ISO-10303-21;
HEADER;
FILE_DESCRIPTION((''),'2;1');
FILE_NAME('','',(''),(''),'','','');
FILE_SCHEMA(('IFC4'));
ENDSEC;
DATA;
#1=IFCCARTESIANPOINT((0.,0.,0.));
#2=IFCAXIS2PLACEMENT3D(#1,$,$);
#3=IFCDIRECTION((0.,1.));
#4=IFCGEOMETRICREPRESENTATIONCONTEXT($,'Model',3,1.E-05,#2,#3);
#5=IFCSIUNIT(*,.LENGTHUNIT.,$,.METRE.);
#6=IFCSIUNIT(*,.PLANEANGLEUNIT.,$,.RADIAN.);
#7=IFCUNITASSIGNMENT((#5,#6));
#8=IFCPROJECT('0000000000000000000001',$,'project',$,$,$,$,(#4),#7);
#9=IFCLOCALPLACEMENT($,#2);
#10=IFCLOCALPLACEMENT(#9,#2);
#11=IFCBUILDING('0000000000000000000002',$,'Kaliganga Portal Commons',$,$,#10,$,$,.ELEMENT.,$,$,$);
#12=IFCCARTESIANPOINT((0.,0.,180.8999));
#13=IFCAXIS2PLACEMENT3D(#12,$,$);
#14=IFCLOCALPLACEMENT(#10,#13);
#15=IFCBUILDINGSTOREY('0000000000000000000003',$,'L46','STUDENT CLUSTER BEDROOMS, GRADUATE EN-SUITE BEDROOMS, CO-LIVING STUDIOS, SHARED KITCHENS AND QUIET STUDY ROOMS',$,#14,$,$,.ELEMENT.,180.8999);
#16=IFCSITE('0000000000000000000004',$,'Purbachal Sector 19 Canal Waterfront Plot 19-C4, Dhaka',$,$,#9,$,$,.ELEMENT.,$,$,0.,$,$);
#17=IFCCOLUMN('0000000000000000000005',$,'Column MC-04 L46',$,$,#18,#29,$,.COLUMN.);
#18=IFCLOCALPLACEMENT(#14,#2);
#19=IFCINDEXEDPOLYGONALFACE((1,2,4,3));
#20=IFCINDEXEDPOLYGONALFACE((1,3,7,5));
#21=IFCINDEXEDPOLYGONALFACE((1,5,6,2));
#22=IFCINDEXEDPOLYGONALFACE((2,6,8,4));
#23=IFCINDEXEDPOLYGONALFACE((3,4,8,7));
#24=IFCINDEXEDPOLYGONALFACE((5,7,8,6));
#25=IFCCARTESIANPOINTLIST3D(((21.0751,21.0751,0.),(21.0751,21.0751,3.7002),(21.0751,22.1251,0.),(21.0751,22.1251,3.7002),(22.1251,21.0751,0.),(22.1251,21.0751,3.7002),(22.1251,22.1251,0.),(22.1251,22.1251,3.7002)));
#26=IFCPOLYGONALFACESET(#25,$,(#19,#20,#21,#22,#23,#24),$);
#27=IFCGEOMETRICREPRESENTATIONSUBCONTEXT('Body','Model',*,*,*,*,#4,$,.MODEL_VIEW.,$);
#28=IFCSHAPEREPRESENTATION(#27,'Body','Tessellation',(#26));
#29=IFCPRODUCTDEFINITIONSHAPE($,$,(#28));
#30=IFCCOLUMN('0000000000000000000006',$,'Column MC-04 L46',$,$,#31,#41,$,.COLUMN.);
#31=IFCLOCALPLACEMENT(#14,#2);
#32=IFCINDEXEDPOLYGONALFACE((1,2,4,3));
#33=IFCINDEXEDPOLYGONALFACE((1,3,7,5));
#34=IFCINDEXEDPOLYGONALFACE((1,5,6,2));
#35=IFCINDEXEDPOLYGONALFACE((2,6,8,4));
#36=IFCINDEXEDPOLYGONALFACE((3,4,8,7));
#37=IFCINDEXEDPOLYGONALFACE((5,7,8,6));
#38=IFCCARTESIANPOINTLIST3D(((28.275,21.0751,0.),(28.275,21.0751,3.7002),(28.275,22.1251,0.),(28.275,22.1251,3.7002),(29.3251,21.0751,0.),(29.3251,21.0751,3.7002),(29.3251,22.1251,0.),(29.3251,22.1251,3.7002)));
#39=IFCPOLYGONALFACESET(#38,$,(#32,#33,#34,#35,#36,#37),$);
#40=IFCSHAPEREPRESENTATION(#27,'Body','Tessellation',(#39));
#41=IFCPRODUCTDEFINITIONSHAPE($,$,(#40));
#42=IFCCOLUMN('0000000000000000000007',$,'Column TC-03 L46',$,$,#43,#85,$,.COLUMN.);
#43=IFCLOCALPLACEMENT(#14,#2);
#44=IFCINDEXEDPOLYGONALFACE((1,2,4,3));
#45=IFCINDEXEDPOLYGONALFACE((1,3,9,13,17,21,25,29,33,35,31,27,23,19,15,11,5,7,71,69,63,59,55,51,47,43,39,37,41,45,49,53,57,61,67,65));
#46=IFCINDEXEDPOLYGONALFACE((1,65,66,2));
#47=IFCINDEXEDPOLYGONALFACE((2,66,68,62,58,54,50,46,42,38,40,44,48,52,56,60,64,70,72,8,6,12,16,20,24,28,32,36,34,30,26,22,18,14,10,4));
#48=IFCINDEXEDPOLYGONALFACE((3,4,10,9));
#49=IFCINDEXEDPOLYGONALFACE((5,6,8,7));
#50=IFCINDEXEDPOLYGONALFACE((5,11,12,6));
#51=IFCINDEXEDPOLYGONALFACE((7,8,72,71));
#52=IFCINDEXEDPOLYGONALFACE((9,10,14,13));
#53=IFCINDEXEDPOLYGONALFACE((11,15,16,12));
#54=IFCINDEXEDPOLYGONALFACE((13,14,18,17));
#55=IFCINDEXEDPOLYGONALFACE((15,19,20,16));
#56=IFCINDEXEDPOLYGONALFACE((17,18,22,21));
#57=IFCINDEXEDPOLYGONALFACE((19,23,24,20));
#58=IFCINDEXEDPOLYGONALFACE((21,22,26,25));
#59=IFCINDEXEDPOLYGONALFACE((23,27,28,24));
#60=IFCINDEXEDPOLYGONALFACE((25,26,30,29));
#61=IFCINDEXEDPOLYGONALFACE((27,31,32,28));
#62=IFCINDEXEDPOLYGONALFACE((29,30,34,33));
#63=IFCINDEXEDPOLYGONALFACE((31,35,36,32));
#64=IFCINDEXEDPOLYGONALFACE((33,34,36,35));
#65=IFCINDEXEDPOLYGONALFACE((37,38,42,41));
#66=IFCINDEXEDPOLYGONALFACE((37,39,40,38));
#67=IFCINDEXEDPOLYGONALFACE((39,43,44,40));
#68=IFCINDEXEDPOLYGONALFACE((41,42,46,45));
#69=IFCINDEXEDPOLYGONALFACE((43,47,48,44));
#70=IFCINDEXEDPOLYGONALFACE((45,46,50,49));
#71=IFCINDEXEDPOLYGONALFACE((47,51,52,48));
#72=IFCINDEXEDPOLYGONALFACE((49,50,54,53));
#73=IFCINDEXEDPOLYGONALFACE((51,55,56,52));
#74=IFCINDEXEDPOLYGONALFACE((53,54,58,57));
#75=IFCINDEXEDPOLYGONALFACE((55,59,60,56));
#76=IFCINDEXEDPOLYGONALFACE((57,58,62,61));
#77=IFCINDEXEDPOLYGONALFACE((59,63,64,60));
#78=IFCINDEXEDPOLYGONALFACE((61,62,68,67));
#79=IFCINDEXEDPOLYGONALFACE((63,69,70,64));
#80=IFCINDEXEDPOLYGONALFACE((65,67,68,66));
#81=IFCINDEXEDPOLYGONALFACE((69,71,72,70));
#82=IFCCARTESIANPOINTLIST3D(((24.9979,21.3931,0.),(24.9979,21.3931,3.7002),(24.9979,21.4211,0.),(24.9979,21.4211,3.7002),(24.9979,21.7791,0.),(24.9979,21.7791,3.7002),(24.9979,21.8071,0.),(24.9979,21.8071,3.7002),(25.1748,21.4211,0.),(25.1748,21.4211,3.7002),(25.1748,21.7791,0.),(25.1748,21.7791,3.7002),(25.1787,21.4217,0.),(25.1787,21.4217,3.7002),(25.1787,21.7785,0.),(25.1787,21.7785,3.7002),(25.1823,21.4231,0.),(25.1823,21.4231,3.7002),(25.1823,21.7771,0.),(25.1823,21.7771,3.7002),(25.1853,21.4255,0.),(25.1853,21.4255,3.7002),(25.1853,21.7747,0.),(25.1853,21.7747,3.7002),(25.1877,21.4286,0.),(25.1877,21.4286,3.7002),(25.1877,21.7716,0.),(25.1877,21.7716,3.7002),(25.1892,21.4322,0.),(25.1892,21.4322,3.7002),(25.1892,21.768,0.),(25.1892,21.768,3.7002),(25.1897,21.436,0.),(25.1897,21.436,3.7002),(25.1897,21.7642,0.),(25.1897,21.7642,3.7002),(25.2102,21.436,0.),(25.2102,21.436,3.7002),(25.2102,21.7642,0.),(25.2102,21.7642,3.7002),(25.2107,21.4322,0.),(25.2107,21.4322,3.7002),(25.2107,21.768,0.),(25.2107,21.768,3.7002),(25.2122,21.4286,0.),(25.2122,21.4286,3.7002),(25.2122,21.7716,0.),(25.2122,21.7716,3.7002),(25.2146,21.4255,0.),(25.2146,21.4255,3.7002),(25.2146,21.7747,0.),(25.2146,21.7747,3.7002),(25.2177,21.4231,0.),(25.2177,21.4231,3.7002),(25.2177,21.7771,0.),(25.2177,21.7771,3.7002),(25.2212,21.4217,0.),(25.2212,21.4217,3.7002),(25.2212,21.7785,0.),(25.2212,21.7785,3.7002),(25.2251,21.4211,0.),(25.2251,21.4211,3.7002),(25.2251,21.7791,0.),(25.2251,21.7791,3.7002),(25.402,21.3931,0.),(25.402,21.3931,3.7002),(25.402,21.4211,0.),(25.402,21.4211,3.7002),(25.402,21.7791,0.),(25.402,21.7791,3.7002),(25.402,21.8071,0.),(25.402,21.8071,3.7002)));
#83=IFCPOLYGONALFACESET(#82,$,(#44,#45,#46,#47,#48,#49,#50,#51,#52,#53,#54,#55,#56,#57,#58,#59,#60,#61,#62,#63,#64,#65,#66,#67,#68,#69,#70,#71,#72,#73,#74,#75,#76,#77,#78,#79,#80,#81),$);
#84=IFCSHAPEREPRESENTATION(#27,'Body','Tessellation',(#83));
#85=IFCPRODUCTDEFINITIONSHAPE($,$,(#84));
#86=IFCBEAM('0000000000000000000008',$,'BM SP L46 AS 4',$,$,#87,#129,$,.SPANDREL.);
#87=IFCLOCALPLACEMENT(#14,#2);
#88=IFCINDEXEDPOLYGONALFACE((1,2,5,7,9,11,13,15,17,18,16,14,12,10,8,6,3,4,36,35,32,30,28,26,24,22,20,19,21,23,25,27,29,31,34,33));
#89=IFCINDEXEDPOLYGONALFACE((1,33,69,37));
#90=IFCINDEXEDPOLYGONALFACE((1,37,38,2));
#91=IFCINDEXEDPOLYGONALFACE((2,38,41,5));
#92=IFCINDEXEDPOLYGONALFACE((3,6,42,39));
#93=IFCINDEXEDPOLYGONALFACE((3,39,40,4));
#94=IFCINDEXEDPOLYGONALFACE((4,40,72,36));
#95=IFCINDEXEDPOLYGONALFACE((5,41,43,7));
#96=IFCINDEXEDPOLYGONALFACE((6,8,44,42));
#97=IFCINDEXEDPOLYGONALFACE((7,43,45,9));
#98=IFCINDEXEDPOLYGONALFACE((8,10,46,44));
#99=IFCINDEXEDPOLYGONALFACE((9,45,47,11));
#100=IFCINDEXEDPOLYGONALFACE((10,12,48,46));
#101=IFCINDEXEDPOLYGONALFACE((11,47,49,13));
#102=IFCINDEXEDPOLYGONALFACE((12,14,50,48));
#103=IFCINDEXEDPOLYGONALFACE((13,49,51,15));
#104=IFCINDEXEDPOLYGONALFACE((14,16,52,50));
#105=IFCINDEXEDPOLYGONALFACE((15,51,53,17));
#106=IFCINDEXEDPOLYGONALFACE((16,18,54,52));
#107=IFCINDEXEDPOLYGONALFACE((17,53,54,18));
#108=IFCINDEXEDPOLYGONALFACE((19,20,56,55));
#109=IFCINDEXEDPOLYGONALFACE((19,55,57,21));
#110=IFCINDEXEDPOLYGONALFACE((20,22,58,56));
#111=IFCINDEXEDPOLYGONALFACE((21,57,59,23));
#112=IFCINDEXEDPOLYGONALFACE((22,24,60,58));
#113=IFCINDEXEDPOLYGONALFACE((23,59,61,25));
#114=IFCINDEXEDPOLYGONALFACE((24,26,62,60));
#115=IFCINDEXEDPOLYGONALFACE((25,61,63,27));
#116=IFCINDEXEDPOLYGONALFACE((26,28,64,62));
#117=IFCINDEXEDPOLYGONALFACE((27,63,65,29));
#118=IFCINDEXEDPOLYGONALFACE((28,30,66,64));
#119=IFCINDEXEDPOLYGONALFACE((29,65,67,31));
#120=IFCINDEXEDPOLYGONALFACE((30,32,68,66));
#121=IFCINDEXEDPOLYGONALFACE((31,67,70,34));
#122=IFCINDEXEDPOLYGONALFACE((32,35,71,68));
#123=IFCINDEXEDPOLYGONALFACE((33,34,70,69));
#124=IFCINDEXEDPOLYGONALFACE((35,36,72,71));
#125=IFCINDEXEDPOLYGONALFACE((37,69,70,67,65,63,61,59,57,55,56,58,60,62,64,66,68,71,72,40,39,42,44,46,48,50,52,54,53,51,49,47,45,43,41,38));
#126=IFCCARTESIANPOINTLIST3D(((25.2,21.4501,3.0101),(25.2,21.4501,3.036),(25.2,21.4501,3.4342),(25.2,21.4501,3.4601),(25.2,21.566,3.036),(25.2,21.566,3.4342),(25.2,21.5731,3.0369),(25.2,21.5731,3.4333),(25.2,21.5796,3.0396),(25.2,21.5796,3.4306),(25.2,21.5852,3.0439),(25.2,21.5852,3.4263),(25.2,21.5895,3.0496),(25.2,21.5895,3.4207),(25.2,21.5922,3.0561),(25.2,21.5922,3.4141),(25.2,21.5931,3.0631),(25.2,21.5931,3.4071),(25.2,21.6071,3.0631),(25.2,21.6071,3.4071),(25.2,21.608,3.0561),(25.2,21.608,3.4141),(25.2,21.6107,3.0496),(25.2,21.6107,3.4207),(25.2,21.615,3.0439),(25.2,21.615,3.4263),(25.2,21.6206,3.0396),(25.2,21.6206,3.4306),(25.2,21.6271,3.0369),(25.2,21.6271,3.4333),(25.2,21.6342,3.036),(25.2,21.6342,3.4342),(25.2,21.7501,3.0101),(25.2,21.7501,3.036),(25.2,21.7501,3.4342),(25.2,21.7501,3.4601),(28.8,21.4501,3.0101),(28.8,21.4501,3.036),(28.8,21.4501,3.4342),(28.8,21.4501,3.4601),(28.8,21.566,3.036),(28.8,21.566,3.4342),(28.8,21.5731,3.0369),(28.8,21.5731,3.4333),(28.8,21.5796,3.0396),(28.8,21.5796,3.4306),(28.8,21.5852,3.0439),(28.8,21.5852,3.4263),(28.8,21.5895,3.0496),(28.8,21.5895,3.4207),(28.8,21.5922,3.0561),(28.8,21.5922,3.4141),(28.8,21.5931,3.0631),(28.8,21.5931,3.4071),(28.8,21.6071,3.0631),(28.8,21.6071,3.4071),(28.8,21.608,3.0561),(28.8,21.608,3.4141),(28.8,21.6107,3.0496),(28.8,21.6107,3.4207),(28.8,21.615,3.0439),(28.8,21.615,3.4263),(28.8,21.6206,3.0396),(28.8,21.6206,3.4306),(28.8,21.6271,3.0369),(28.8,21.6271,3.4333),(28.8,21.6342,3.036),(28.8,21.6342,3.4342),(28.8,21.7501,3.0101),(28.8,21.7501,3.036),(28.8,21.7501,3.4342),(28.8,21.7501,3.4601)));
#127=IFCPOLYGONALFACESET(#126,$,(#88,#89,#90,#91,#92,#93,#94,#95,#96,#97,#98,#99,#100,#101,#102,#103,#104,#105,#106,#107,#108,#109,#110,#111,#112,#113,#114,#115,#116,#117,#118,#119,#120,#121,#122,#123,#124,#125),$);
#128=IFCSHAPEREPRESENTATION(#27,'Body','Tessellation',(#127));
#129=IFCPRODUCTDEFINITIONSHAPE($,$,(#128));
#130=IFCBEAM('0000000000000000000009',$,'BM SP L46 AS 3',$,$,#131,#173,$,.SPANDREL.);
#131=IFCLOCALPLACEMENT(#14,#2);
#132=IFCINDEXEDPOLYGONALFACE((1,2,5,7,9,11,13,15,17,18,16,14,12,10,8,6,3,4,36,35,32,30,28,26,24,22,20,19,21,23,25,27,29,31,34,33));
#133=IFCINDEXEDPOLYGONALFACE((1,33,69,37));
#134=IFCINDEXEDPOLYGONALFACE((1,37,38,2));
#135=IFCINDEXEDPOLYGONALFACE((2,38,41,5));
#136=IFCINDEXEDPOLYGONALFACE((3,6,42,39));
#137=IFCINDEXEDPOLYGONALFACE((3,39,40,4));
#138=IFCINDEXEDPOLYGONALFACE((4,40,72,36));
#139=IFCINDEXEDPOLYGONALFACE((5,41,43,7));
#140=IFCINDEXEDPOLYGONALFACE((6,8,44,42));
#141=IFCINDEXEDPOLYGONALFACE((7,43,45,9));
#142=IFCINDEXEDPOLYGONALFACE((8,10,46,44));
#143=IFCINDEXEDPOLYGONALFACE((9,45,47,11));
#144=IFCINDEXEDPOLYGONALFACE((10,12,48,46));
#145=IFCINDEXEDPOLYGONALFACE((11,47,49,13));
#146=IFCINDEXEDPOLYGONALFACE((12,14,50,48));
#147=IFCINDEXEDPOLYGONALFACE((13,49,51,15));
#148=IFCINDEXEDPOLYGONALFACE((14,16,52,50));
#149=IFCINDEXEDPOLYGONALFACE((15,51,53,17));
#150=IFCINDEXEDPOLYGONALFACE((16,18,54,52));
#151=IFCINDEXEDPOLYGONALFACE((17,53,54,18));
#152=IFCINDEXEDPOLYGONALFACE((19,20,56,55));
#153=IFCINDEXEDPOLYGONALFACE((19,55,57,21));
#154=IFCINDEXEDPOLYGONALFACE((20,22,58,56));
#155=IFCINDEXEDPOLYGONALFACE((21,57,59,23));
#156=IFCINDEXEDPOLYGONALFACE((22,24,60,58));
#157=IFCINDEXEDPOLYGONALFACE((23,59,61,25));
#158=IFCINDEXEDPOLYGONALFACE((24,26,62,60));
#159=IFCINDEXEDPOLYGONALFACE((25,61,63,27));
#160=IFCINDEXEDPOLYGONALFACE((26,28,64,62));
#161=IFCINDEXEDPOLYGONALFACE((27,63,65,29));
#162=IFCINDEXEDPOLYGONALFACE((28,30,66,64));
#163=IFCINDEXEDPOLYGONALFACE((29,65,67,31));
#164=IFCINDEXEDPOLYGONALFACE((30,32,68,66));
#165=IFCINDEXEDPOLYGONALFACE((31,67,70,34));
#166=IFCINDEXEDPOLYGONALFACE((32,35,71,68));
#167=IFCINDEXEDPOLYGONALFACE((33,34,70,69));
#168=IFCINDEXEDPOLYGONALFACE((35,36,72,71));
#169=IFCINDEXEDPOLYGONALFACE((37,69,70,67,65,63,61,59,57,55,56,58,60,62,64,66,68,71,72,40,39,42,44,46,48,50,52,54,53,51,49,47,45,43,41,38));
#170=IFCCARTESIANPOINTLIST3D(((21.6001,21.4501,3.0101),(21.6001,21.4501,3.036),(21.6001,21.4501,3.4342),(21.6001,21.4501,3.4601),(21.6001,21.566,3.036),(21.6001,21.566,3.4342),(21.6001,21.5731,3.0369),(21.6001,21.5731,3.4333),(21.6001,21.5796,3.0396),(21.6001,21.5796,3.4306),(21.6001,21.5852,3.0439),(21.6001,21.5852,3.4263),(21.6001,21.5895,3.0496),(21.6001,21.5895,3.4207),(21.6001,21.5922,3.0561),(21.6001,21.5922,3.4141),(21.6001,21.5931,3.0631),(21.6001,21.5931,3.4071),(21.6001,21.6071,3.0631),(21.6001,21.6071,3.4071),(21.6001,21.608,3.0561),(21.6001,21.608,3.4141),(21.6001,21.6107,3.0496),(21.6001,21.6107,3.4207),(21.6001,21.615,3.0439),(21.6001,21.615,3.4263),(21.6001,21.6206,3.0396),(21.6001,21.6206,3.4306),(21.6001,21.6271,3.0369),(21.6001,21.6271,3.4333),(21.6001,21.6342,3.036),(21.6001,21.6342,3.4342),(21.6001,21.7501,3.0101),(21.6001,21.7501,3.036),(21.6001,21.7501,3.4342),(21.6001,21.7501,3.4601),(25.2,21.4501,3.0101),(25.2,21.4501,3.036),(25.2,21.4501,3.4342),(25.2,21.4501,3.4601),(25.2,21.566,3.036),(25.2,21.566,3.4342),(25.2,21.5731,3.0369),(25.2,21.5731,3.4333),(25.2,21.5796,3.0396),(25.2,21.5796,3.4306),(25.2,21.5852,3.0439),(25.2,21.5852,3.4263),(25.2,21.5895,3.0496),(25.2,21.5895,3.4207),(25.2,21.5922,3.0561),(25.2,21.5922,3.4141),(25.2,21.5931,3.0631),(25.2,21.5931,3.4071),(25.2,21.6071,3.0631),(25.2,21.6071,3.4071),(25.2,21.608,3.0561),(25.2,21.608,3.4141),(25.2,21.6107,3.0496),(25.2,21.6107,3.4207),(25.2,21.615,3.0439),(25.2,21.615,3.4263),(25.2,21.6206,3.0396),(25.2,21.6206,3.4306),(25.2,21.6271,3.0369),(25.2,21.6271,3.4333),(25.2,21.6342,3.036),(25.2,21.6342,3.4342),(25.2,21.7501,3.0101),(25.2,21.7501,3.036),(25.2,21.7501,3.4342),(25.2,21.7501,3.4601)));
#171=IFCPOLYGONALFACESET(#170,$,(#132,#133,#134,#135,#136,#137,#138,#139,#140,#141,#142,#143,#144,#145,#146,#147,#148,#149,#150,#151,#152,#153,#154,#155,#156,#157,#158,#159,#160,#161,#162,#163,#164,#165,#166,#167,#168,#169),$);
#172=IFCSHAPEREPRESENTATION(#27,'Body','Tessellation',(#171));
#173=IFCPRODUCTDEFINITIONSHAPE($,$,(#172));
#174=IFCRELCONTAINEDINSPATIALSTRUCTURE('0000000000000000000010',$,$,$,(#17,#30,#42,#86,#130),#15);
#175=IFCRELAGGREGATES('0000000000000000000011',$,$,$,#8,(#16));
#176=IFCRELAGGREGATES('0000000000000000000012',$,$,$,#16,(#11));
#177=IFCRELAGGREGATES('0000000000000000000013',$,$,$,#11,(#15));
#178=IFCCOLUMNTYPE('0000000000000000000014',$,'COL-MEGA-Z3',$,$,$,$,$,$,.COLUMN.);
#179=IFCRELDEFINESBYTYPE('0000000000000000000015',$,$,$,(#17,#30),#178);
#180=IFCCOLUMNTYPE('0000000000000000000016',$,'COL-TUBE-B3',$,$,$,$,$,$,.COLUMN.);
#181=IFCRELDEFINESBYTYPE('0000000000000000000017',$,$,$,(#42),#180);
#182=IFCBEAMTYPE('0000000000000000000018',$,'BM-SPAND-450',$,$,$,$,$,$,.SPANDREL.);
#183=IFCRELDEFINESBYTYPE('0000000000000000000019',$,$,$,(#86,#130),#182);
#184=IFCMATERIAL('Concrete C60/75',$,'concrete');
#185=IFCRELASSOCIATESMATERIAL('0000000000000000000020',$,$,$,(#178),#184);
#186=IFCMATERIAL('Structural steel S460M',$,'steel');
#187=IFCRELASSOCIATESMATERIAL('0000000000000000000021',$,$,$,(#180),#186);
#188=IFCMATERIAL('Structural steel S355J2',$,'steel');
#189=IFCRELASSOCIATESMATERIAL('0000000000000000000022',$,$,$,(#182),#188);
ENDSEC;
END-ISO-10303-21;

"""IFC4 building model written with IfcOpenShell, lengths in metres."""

from ifc_helpers import new_model, si_unit, direction, frame, origin, origin_2d, place, context, subcontext, project, spatial, rectangle, i_section, extrude, source, transform, mapped, material, material_profile, profile_set, type_object, element, save


model = new_model("IFC4")

# Units and contexts
model_context = context("Model", 3, precision=1e-05, world=origin(), true_north=direction((0.0, 1.0)))
body_context = subcontext(model_context, "Body", "Model", "MODEL_VIEW")
ifc_project = project(units=[si_unit("LENGTHUNIT", "METRE"), si_unit("PLANEANGLEUNIT", "RADIAN")], contexts=[model_context])

# Site, building, storey
site_placement = place(None, origin())
site = spatial("IfcSite", under=ifc_project, at=site_placement, Name="Purbachal Sector 19 Canal Waterfront Plot 19-C4, Dhaka", CompositionType="ELEMENT", RefElevation=0.0)
building_placement = place(site_placement, origin())
building = spatial("IfcBuilding", under=site, at=building_placement, Name="Kaliganga Portal Commons", CompositionType="ELEMENT")
storey_placement = place(building_placement, frame((0.0, 0.0, 180.8999)))
storey = spatial("IfcBuildingStorey", under=building, at=storey_placement, Name="L46", Description="STUDENT CLUSTER BEDROOMS, GRADUATE EN-SUITE BEDROOMS, CO-LIVING STUDIOS, SHARED KITCHENS AND QUIET STUDY ROOMS", CompositionType="ELEMENT", Elevation=180.8999)

# Columns
ifc_material_1 = material(Name="Concrete C60/75", Category="concrete")
ifc_material_profile_1 = material_profile(ifc_material_1, rectangle(XDim=1.05, YDim=1.05, at=origin_2d()), Name="RC 1050x1050")
ifc_profile_set_1 = profile_set([ifc_material_profile_1], Name="Concrete C60/75")
column_type_1 = type_object("IfcColumnType", Name="COL-MEGA-Z3", PredefinedType="COLUMN", material=ifc_profile_set_1)
shared_shape_1 = source(origin(), body_context, "Body", "SweptSolid", [
    extrude(rectangle(XDim=1.05, YDim=1.05, at=origin_2d()), origin(), (0.0, 0.0, 1.0), 3.7002),
])
for number, where, z_axis, x_axis, name in (
    (1, (21.6001, 21.6001, 0.0), (0.0, 0.0, 1.0), (1.0, 0.0, 0.0), "Column MC-04 L46"),
    (2, (28.8, 21.6001, 0.0), (0.0, 0.0, 1.0), (1.0, 0.0, 0.0), "Column MC-04 L46"),
):
    element("IfcColumn", number, at=place(storey_placement, frame(where, z_axis=z_axis, x_axis=x_axis)), inside=storey, type_object=column_type_1, Name=name, PredefinedType="COLUMN", context=body_context, shape_type="MappedRepresentation", body=[
        mapped(shared_shape_1, transform((0.0, 0.0, 0.0), x_axis=(1.0, 0.0, 0.0), y_axis=(0.0, 1.0, 0.0), z_axis=(0.0, 0.0, 1.0), scale=1.0)),
    ])
ifc_material_2 = material(Name="Structural steel S460M", Category="steel")
ifc_material_profile_2 = material_profile(ifc_material_2, i_section(OverallWidth=0.4041, OverallDepth=0.4141, WebThickness=0.0205, FlangeThickness=0.0281, FilletRadius=0.0149, at=origin_2d()), Name="HD 400x347")
ifc_profile_set_2 = profile_set([ifc_material_profile_2], Name="Structural steel S460M wide-flange")
column_type_2 = type_object("IfcColumnType", Name="COL-TUBE-B3", PredefinedType="COLUMN", material=ifc_profile_set_2)
shared_shape_2 = source(origin(), body_context, "Body", "SweptSolid", [
    extrude(i_section(OverallWidth=0.4041, OverallDepth=0.4141, WebThickness=0.0205, FlangeThickness=0.0281, FilletRadius=0.0149, at=origin_2d()), origin(), (0.0, 0.0, 1.0), 3.7002),
])
column_placement = place(storey_placement, frame((25.2, 21.6001, 0.0), z_axis=(0.0, 0.0, 1.0), x_axis=(1.0, 0.0, 0.0)))
element("IfcColumn", 3, at=column_placement, inside=storey, type_object=column_type_2, Name="Column TC-03 L46", PredefinedType="COLUMN", context=body_context, shape_type="MappedRepresentation", body=[
    mapped(shared_shape_2, transform((0.0, 0.0, 0.0), x_axis=(1.0, 0.0, 0.0), y_axis=(0.0, 1.0, 0.0), z_axis=(0.0, 0.0, 1.0), scale=1.0)),
])

# Beams
ifc_material_3 = material(Name="Structural steel S355J2", Category="steel")
ifc_material_profile_3 = material_profile(ifc_material_3, i_section(OverallWidth=0.3, OverallDepth=0.45, WebThickness=0.0139, FlangeThickness=0.0259, FilletRadius=0.0271, at=origin_2d()), Name="HE 450 B")
ifc_profile_set_3 = profile_set([ifc_material_profile_3], Name="Structural steel S355J2 wide-flange")
beam_type_1 = type_object("IfcBeamType", Name="BM-SPAND-450", PredefinedType="SPANDREL", material=ifc_profile_set_3)
shared_shape_3 = source(origin(), body_context, "Body", "SweptSolid", [
    extrude(i_section(OverallWidth=0.3, OverallDepth=0.45, WebThickness=0.0139, FlangeThickness=0.0259, FilletRadius=0.0271, at=origin_2d()), origin(), (0.0, 0.0, 1.0), 3.6001),
])
beam_1_placement = place(storey_placement, frame((25.2, 21.6001, 3.2351), z_axis=(1.0, 0.0, 0.0), x_axis=(0.0, 1.0, 0.0)))
element("IfcBeam", 4, at=beam_1_placement, inside=storey, type_object=beam_type_1, Name="BM SP L46 AS 4", PredefinedType="SPANDREL", context=body_context, shape_type="MappedRepresentation", body=[
    mapped(shared_shape_3, transform((0.0, 0.0, 0.0), x_axis=(1.0, 0.0, 0.0), y_axis=(0.0, 1.0, 0.0), z_axis=(0.0, 0.0, 1.0), scale=1.0)),
])
shared_shape_4 = source(origin(), body_context, "Body", "SweptSolid", [
    extrude(i_section(OverallWidth=0.3, OverallDepth=0.45, WebThickness=0.0139, FlangeThickness=0.0259, FilletRadius=0.0271, at=origin_2d()), origin(), (0.0, 0.0, 1.0), 3.5999),
])
beam_2_placement = place(storey_placement, frame((21.6001, 21.6001, 3.2351), z_axis=(1.0, 0.0, 0.0), x_axis=(0.0, 1.0, 0.0)))
element("IfcBeam", 5, at=beam_2_placement, inside=storey, type_object=beam_type_1, Name="BM SP L46 AS 3", PredefinedType="SPANDREL", context=body_context, shape_type="MappedRepresentation", body=[
    mapped(shared_shape_4, transform((0.0, 0.0, 0.0), x_axis=(1.0, 0.0, 0.0), y_axis=(0.0, 1.0, 0.0), z_axis=(0.0, 0.0, 1.0), scale=1.0)),
])

save(model, "model.ifc")
